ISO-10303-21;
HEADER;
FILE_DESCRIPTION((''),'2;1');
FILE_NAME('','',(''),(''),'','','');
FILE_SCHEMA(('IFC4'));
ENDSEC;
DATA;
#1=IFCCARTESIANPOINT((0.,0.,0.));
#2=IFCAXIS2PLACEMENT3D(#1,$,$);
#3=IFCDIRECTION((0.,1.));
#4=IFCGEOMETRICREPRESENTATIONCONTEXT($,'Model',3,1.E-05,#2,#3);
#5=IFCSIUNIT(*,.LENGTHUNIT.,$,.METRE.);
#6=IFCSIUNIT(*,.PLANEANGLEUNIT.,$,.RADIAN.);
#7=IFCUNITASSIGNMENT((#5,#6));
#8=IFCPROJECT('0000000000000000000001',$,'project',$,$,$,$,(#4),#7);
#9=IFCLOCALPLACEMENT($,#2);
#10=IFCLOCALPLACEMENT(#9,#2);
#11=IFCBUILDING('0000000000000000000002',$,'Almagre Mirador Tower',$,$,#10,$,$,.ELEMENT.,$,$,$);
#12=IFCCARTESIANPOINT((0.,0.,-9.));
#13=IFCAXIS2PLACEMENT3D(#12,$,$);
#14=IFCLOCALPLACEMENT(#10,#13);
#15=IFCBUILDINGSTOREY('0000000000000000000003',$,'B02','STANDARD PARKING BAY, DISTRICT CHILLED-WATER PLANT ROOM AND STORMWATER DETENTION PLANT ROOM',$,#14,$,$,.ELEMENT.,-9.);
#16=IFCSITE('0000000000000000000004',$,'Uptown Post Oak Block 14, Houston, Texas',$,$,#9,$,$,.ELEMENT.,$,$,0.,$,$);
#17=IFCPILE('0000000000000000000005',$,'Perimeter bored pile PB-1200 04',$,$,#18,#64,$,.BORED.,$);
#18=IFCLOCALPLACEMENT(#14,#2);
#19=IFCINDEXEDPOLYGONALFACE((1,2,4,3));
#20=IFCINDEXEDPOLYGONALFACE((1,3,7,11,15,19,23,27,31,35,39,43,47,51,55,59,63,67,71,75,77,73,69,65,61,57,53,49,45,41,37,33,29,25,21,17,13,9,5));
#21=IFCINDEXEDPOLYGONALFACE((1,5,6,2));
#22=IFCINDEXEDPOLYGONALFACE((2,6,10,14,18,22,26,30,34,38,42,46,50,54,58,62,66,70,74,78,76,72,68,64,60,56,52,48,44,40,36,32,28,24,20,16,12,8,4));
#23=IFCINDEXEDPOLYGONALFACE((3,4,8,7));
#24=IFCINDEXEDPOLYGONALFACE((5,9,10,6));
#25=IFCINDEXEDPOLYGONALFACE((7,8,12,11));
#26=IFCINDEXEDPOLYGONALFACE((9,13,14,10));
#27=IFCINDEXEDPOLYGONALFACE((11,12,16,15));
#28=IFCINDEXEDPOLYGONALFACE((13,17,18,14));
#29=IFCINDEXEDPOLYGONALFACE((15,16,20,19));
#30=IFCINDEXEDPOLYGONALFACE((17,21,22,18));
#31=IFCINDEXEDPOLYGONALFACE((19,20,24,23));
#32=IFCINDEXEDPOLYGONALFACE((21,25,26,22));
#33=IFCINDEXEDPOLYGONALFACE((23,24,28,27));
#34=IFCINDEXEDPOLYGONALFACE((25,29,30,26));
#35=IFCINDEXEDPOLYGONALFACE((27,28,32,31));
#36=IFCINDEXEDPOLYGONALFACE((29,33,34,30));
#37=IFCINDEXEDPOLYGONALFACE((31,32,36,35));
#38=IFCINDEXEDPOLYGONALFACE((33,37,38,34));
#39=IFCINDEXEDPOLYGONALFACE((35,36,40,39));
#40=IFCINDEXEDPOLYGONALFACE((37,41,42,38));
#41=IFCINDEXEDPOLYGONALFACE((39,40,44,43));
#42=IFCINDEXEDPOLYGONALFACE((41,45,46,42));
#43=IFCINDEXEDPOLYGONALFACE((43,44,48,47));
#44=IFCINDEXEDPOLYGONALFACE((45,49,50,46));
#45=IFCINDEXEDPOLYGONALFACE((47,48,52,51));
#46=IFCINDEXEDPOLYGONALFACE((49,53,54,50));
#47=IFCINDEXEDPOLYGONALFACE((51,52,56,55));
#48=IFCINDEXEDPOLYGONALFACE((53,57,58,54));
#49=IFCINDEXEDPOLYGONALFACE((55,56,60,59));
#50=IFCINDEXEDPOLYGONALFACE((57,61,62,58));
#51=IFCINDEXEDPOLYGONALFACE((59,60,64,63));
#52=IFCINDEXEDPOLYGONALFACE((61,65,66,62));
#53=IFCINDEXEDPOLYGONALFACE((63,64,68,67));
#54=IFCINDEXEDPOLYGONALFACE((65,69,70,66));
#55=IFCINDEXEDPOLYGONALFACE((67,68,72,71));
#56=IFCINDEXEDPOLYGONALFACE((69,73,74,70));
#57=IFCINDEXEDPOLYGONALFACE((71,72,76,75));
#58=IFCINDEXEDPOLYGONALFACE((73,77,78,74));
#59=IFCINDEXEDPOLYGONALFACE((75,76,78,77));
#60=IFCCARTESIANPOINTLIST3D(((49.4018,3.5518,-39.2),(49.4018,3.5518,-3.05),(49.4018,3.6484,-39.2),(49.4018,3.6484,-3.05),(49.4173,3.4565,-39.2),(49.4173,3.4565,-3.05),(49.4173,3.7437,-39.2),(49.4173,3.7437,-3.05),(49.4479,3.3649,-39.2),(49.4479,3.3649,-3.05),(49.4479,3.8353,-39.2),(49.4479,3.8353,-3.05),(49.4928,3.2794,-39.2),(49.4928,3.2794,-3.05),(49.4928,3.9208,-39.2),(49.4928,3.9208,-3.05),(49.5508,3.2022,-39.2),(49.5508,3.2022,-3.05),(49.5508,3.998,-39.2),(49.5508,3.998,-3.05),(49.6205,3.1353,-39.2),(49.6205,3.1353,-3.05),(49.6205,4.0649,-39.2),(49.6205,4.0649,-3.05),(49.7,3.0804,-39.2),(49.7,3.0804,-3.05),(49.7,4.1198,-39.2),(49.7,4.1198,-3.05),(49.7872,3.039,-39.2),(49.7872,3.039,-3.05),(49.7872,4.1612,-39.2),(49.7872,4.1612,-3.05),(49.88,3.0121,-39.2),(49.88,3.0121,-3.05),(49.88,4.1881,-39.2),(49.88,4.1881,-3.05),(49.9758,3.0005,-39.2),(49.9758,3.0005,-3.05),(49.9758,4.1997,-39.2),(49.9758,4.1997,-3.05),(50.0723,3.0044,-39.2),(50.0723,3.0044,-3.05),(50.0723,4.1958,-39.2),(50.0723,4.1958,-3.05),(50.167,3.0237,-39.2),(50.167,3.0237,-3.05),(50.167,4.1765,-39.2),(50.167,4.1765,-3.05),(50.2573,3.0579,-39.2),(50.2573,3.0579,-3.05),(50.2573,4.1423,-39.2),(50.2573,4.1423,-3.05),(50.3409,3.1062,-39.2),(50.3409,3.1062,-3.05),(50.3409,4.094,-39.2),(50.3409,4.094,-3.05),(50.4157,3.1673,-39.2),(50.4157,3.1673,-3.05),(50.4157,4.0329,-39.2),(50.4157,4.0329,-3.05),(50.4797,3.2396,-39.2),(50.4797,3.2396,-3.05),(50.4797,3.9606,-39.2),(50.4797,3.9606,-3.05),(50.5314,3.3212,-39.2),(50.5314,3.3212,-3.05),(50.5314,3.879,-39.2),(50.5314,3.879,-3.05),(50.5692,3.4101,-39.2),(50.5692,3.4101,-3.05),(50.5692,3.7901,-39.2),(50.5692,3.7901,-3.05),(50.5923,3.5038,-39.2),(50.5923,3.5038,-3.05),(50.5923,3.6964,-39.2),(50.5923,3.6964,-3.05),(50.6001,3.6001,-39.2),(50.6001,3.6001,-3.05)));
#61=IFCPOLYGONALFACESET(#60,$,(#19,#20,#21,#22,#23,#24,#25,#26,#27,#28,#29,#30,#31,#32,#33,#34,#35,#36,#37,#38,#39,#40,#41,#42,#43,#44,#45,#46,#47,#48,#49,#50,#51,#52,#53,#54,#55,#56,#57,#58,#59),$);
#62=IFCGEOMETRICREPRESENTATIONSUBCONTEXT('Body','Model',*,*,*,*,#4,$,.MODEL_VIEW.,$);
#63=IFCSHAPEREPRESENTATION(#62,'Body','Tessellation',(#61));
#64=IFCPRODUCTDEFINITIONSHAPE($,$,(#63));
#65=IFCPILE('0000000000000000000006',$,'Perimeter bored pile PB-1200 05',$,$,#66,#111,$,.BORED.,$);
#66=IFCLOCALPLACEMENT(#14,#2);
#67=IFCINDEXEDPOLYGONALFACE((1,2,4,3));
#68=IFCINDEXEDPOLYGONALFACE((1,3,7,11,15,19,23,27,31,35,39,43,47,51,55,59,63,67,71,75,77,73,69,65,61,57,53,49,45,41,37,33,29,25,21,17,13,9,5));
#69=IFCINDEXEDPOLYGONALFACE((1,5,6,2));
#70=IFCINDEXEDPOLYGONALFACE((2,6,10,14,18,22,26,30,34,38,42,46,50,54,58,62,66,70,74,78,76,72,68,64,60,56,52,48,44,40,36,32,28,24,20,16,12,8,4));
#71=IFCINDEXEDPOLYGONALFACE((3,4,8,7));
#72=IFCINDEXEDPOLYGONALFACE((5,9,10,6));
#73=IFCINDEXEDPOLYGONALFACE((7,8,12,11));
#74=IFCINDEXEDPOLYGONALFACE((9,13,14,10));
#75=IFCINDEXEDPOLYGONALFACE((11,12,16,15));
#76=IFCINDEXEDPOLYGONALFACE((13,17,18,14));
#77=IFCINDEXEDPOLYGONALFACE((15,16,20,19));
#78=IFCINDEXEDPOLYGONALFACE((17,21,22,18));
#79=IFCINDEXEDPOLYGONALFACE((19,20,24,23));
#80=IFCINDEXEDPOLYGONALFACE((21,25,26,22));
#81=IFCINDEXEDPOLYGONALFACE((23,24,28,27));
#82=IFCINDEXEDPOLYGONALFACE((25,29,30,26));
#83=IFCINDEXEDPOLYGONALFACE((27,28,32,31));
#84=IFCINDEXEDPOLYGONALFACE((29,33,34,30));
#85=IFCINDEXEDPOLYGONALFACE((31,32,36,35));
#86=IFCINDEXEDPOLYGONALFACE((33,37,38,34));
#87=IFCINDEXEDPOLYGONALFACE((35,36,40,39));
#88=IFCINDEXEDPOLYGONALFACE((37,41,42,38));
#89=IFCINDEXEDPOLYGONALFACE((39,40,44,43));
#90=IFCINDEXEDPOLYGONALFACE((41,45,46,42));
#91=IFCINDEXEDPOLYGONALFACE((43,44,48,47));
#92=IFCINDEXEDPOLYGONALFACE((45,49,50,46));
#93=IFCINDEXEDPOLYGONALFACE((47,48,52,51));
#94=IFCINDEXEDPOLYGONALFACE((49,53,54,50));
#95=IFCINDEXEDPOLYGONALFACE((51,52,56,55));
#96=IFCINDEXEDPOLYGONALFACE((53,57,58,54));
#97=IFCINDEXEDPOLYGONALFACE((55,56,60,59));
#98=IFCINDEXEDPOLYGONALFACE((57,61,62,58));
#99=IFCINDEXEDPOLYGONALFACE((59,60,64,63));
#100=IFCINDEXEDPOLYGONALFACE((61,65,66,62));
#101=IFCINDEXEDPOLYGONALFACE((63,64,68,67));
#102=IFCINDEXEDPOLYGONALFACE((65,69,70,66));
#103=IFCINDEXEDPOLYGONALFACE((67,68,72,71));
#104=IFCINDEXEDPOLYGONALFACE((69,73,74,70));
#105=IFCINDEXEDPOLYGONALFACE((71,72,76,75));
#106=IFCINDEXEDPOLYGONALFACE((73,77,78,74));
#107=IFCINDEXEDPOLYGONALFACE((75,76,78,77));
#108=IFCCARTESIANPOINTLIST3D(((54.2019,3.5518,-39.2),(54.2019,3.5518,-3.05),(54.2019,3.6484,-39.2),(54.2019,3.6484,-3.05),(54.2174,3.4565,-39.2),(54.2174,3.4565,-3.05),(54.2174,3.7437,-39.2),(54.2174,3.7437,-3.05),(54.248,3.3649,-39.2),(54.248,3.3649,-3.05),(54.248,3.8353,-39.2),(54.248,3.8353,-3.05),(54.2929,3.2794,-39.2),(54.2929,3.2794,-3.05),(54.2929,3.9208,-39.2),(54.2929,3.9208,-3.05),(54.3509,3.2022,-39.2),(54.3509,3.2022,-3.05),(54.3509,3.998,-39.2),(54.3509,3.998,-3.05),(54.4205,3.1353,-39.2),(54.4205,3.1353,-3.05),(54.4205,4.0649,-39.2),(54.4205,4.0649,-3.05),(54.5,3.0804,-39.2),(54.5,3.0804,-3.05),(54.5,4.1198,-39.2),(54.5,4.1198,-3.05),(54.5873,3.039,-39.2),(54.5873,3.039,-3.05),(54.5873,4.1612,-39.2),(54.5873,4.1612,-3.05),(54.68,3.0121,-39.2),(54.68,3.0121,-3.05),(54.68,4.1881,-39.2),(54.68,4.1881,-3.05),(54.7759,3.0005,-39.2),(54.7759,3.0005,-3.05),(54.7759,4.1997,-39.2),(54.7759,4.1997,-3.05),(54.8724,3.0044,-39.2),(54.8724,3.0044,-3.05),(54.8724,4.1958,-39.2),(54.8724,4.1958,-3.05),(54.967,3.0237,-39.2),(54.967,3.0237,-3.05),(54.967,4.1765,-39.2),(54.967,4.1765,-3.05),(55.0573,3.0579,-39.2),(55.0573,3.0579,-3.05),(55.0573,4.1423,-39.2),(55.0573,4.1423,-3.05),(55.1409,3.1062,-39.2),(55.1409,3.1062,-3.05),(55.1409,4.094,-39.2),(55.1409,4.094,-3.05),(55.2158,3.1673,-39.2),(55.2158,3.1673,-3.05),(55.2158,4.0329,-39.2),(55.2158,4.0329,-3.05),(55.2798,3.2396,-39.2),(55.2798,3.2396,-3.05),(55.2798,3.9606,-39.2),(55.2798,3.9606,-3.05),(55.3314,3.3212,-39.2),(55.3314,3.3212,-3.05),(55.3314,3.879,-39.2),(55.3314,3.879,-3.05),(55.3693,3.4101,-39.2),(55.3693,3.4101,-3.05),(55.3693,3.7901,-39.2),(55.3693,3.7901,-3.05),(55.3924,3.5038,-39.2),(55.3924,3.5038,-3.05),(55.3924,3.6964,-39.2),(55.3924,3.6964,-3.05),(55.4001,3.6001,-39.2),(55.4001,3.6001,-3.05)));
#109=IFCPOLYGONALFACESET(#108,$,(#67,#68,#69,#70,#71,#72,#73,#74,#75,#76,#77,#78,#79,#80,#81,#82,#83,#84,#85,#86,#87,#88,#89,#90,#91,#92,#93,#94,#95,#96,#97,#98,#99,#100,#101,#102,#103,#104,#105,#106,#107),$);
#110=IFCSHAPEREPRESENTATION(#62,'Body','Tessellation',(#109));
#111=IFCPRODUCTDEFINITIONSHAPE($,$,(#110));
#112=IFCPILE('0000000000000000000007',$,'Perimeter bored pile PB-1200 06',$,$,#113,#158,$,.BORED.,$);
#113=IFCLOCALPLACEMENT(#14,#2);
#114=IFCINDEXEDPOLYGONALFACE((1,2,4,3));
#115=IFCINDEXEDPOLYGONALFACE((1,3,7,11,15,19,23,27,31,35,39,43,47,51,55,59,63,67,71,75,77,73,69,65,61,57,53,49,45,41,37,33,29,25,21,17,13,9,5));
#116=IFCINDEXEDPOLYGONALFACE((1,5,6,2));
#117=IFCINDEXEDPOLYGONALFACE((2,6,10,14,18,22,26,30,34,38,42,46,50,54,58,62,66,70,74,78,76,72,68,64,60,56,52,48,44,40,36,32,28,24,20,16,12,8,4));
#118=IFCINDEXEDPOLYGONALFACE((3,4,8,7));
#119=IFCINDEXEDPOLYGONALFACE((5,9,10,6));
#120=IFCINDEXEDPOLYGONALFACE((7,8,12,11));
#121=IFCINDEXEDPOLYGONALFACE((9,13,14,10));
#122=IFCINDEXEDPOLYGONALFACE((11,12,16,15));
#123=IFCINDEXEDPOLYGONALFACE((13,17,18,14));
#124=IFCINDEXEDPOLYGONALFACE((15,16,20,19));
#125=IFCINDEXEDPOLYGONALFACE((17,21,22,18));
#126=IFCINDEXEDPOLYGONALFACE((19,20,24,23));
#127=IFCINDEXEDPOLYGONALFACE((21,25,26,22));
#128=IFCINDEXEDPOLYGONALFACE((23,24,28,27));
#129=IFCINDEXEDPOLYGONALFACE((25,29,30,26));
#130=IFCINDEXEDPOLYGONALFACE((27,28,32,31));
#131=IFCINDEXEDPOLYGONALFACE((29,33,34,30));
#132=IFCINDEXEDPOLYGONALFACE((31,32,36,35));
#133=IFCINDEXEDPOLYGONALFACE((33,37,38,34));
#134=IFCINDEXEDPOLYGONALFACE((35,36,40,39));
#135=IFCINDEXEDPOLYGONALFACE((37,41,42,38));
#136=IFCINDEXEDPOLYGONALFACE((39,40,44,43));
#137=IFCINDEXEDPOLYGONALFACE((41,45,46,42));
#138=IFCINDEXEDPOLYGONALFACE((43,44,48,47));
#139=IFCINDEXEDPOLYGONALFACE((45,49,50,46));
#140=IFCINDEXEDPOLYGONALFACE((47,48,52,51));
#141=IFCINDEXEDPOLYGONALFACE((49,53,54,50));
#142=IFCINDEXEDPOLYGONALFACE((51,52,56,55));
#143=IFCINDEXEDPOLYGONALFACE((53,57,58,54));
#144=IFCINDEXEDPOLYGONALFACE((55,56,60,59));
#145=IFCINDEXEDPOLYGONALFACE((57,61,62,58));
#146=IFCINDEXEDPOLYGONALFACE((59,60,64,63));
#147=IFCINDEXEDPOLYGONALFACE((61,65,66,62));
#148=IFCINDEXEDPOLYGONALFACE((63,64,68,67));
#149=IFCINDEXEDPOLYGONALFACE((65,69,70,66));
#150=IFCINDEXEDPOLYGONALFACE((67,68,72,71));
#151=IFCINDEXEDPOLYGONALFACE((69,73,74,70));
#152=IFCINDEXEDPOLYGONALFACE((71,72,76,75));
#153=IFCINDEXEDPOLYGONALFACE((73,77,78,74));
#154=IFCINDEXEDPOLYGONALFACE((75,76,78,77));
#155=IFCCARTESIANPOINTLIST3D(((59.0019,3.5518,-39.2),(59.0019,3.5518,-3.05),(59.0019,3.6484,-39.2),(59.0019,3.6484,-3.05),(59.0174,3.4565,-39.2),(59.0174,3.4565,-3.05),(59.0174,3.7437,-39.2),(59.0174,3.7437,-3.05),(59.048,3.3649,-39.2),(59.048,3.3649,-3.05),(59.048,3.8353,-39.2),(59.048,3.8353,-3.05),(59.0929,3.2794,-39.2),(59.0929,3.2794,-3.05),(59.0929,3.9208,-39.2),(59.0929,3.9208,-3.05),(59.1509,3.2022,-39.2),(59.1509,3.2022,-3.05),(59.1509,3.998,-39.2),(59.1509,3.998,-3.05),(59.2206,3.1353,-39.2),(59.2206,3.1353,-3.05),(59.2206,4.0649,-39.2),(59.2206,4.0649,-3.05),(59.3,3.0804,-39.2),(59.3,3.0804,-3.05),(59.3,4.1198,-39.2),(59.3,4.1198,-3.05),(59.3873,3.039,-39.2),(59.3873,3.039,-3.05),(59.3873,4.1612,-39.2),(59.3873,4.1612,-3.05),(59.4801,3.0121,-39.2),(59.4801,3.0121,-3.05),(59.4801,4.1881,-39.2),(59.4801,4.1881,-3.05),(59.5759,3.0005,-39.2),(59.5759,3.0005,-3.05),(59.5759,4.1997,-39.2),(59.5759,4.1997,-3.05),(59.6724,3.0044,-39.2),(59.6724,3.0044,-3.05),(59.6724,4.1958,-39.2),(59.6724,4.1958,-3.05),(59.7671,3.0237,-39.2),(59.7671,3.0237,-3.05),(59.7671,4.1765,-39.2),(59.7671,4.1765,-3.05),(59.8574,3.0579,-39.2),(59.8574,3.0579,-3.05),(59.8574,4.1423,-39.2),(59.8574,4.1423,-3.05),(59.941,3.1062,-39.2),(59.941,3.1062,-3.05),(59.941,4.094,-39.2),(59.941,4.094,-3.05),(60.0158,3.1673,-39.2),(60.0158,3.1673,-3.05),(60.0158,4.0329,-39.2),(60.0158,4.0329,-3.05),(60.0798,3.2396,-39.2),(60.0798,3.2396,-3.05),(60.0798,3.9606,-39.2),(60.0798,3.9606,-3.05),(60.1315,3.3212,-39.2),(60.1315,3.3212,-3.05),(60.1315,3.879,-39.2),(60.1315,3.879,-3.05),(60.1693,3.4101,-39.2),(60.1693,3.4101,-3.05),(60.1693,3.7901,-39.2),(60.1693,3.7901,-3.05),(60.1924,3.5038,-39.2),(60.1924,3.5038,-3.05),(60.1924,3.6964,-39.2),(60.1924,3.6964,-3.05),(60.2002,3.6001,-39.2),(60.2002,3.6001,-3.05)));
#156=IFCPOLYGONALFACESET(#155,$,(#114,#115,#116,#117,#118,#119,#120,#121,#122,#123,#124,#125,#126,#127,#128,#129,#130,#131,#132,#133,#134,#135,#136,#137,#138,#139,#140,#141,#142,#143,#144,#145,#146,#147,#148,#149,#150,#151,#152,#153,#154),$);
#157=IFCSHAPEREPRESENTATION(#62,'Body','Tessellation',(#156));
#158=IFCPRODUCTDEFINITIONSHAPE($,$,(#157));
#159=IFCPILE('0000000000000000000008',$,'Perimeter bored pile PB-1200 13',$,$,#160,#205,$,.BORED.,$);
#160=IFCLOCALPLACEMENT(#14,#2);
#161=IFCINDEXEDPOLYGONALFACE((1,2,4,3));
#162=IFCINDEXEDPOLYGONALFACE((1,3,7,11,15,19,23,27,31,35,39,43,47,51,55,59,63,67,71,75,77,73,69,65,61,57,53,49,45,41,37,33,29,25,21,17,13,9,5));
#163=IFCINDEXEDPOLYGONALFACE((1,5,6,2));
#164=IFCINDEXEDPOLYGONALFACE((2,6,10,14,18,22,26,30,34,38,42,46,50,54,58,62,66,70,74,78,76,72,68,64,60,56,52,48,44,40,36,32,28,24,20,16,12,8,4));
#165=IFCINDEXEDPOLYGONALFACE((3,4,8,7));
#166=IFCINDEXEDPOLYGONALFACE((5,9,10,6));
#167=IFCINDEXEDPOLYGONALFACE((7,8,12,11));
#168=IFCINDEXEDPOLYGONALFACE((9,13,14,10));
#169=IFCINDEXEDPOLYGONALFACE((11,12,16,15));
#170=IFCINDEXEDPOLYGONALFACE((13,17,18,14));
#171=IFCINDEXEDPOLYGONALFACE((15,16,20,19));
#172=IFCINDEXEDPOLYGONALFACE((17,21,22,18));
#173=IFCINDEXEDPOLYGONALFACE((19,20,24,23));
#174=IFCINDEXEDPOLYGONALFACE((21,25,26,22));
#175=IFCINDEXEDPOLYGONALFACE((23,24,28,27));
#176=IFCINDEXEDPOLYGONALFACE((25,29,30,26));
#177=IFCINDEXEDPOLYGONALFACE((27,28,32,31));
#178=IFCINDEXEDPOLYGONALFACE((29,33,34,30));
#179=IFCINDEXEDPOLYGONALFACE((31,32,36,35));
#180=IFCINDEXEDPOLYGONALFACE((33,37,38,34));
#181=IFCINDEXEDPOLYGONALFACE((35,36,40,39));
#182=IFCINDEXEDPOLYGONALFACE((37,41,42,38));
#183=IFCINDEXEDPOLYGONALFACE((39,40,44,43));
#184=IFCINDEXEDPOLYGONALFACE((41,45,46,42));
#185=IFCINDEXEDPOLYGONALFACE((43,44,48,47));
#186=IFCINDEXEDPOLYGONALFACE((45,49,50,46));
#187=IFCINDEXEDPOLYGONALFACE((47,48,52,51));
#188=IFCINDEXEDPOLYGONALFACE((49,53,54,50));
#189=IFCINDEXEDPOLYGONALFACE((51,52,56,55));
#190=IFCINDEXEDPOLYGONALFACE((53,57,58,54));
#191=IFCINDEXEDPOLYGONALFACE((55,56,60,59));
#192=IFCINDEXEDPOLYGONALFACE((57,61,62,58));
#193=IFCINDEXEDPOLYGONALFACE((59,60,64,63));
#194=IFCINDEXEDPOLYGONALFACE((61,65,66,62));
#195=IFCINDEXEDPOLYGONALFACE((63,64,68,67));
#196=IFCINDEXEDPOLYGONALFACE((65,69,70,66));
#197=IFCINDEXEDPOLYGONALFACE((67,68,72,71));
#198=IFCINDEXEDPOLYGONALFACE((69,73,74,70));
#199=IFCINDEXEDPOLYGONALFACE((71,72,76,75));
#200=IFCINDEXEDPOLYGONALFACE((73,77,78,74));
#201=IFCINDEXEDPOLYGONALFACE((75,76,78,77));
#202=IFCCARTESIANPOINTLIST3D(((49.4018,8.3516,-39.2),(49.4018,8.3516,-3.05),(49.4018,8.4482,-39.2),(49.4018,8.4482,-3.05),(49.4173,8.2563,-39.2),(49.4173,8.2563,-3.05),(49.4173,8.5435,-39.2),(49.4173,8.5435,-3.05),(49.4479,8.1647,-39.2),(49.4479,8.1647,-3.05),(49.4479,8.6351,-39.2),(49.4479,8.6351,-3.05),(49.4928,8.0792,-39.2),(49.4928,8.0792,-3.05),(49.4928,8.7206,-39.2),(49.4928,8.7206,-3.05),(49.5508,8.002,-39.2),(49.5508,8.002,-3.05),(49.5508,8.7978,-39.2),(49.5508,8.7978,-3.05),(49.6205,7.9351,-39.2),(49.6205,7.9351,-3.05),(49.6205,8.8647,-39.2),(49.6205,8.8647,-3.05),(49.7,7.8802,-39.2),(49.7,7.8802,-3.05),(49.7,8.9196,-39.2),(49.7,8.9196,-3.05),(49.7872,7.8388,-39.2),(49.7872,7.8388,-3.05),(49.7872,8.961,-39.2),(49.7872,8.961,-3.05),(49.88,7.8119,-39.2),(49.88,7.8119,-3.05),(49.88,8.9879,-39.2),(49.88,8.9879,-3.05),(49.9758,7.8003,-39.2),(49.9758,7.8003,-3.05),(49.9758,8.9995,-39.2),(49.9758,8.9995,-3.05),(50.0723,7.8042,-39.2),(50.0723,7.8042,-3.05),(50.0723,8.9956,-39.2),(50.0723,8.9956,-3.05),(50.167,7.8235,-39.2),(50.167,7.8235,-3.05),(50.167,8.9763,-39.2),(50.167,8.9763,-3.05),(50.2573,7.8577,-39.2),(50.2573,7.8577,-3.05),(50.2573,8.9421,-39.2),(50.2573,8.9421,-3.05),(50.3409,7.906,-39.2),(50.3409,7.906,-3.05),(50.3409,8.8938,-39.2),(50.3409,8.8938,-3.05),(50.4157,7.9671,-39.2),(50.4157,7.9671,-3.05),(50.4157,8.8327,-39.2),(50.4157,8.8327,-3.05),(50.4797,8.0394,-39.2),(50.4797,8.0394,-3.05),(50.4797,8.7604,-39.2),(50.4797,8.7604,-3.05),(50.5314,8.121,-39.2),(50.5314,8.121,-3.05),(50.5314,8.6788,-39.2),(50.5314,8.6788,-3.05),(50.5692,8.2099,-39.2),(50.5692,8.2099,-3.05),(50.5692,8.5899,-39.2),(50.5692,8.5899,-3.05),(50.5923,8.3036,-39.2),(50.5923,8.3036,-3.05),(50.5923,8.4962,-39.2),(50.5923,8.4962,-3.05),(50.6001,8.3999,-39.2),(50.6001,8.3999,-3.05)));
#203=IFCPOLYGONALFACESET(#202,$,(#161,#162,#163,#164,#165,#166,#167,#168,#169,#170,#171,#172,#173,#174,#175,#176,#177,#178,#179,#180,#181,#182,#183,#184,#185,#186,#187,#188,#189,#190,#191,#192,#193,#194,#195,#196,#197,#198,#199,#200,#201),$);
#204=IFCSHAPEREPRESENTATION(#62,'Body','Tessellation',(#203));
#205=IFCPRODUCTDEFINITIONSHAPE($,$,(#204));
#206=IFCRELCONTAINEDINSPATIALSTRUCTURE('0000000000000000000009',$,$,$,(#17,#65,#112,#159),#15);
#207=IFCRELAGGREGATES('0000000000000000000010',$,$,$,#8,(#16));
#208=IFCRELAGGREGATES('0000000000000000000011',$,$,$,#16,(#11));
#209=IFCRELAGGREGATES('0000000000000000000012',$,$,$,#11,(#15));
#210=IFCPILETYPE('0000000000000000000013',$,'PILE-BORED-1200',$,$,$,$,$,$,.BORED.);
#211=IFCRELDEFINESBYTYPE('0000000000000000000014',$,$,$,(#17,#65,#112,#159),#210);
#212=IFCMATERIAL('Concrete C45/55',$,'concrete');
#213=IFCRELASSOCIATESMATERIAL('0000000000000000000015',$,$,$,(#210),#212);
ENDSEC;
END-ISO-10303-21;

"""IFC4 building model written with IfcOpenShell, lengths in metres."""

from ifc_helpers import new_model, si_unit, direction, frame, origin, origin_2d, place, context, subcontext, project, spatial, circle, extrude, material, material_profile, profile_set, type_object, element, save


model = new_model("IFC4")

# Units and contexts
model_context = context("Model", 3, precision=1e-05, world=origin(), true_north=direction((0.0, 1.0)))
body_context = subcontext(model_context, "Body", "Model", "MODEL_VIEW")
ifc_project = project(units=[si_unit("LENGTHUNIT", "METRE"), si_unit("PLANEANGLEUNIT", "RADIAN")], contexts=[model_context])

# Site, building, storey
site_placement = place(None, origin())
site = spatial("IfcSite", under=ifc_project, at=site_placement, Name="Uptown Post Oak Block 14, Houston, Texas", CompositionType="ELEMENT", RefElevation=0.0)
building_placement = place(site_placement, origin())
building = spatial("IfcBuilding", under=site, at=building_placement, Name="Almagre Mirador Tower", CompositionType="ELEMENT")
storey_placement = place(building_placement, frame((0.0, 0.0, -9.0)))
storey = spatial("IfcBuildingStorey", under=building, at=storey_placement, Name="B02", Description="STANDARD PARKING BAY, DISTRICT CHILLED-WATER PLANT ROOM AND STORMWATER DETENTION PLANT ROOM", CompositionType="ELEMENT", Elevation=-9.0)

# Piles
ifc_material_1 = material(Name="Concrete C45/55", Category="concrete")
ifc_material_profile_1 = material_profile(ifc_material_1, circle(Radius=0.6001, at=origin_2d()), Name="PILE1200D")
ifc_profile_set_1 = profile_set([ifc_material_profile_1], Name="Concrete C45/55")
pile_type = type_object("IfcPileType", Name="PILE-BORED-1200", PredefinedType="BORED", material=ifc_profile_set_1)
for number, where, z_axis, x_axis, name in (
    (1, (50.0, 3.6001, -3.05), (0.0, 0.0, -1.0), (1.0, 0.0, 0.0), "Perimeter bored pile PB-1200 04"),
    (2, (54.8, 3.6001, -3.05), (0.0, 0.0, -1.0), (1.0, 0.0, 0.0), "Perimeter bored pile PB-1200 05"),
    (3, (59.6001, 3.6001, -3.05), (0.0, 0.0, -1.0), (1.0, 0.0, 0.0), "Perimeter bored pile PB-1200 06"),
    (4, (50.0, 8.3999, -3.05), (0.0, 0.0, -1.0), (1.0, 0.0, 0.0), "Perimeter bored pile PB-1200 13"),
):
    element("IfcPile", number, at=place(storey_placement, frame(where, z_axis=z_axis, x_axis=x_axis)), inside=storey, type_object=pile_type, Name=name, PredefinedType="BORED", context=body_context, shape_type="SweptSolid", body=[
        extrude(circle(Radius=0.6001, at=origin_2d()), origin(), (0.0, 0.0, 1.0), 36.1499),
    ])

save(model, "model.ifc")
